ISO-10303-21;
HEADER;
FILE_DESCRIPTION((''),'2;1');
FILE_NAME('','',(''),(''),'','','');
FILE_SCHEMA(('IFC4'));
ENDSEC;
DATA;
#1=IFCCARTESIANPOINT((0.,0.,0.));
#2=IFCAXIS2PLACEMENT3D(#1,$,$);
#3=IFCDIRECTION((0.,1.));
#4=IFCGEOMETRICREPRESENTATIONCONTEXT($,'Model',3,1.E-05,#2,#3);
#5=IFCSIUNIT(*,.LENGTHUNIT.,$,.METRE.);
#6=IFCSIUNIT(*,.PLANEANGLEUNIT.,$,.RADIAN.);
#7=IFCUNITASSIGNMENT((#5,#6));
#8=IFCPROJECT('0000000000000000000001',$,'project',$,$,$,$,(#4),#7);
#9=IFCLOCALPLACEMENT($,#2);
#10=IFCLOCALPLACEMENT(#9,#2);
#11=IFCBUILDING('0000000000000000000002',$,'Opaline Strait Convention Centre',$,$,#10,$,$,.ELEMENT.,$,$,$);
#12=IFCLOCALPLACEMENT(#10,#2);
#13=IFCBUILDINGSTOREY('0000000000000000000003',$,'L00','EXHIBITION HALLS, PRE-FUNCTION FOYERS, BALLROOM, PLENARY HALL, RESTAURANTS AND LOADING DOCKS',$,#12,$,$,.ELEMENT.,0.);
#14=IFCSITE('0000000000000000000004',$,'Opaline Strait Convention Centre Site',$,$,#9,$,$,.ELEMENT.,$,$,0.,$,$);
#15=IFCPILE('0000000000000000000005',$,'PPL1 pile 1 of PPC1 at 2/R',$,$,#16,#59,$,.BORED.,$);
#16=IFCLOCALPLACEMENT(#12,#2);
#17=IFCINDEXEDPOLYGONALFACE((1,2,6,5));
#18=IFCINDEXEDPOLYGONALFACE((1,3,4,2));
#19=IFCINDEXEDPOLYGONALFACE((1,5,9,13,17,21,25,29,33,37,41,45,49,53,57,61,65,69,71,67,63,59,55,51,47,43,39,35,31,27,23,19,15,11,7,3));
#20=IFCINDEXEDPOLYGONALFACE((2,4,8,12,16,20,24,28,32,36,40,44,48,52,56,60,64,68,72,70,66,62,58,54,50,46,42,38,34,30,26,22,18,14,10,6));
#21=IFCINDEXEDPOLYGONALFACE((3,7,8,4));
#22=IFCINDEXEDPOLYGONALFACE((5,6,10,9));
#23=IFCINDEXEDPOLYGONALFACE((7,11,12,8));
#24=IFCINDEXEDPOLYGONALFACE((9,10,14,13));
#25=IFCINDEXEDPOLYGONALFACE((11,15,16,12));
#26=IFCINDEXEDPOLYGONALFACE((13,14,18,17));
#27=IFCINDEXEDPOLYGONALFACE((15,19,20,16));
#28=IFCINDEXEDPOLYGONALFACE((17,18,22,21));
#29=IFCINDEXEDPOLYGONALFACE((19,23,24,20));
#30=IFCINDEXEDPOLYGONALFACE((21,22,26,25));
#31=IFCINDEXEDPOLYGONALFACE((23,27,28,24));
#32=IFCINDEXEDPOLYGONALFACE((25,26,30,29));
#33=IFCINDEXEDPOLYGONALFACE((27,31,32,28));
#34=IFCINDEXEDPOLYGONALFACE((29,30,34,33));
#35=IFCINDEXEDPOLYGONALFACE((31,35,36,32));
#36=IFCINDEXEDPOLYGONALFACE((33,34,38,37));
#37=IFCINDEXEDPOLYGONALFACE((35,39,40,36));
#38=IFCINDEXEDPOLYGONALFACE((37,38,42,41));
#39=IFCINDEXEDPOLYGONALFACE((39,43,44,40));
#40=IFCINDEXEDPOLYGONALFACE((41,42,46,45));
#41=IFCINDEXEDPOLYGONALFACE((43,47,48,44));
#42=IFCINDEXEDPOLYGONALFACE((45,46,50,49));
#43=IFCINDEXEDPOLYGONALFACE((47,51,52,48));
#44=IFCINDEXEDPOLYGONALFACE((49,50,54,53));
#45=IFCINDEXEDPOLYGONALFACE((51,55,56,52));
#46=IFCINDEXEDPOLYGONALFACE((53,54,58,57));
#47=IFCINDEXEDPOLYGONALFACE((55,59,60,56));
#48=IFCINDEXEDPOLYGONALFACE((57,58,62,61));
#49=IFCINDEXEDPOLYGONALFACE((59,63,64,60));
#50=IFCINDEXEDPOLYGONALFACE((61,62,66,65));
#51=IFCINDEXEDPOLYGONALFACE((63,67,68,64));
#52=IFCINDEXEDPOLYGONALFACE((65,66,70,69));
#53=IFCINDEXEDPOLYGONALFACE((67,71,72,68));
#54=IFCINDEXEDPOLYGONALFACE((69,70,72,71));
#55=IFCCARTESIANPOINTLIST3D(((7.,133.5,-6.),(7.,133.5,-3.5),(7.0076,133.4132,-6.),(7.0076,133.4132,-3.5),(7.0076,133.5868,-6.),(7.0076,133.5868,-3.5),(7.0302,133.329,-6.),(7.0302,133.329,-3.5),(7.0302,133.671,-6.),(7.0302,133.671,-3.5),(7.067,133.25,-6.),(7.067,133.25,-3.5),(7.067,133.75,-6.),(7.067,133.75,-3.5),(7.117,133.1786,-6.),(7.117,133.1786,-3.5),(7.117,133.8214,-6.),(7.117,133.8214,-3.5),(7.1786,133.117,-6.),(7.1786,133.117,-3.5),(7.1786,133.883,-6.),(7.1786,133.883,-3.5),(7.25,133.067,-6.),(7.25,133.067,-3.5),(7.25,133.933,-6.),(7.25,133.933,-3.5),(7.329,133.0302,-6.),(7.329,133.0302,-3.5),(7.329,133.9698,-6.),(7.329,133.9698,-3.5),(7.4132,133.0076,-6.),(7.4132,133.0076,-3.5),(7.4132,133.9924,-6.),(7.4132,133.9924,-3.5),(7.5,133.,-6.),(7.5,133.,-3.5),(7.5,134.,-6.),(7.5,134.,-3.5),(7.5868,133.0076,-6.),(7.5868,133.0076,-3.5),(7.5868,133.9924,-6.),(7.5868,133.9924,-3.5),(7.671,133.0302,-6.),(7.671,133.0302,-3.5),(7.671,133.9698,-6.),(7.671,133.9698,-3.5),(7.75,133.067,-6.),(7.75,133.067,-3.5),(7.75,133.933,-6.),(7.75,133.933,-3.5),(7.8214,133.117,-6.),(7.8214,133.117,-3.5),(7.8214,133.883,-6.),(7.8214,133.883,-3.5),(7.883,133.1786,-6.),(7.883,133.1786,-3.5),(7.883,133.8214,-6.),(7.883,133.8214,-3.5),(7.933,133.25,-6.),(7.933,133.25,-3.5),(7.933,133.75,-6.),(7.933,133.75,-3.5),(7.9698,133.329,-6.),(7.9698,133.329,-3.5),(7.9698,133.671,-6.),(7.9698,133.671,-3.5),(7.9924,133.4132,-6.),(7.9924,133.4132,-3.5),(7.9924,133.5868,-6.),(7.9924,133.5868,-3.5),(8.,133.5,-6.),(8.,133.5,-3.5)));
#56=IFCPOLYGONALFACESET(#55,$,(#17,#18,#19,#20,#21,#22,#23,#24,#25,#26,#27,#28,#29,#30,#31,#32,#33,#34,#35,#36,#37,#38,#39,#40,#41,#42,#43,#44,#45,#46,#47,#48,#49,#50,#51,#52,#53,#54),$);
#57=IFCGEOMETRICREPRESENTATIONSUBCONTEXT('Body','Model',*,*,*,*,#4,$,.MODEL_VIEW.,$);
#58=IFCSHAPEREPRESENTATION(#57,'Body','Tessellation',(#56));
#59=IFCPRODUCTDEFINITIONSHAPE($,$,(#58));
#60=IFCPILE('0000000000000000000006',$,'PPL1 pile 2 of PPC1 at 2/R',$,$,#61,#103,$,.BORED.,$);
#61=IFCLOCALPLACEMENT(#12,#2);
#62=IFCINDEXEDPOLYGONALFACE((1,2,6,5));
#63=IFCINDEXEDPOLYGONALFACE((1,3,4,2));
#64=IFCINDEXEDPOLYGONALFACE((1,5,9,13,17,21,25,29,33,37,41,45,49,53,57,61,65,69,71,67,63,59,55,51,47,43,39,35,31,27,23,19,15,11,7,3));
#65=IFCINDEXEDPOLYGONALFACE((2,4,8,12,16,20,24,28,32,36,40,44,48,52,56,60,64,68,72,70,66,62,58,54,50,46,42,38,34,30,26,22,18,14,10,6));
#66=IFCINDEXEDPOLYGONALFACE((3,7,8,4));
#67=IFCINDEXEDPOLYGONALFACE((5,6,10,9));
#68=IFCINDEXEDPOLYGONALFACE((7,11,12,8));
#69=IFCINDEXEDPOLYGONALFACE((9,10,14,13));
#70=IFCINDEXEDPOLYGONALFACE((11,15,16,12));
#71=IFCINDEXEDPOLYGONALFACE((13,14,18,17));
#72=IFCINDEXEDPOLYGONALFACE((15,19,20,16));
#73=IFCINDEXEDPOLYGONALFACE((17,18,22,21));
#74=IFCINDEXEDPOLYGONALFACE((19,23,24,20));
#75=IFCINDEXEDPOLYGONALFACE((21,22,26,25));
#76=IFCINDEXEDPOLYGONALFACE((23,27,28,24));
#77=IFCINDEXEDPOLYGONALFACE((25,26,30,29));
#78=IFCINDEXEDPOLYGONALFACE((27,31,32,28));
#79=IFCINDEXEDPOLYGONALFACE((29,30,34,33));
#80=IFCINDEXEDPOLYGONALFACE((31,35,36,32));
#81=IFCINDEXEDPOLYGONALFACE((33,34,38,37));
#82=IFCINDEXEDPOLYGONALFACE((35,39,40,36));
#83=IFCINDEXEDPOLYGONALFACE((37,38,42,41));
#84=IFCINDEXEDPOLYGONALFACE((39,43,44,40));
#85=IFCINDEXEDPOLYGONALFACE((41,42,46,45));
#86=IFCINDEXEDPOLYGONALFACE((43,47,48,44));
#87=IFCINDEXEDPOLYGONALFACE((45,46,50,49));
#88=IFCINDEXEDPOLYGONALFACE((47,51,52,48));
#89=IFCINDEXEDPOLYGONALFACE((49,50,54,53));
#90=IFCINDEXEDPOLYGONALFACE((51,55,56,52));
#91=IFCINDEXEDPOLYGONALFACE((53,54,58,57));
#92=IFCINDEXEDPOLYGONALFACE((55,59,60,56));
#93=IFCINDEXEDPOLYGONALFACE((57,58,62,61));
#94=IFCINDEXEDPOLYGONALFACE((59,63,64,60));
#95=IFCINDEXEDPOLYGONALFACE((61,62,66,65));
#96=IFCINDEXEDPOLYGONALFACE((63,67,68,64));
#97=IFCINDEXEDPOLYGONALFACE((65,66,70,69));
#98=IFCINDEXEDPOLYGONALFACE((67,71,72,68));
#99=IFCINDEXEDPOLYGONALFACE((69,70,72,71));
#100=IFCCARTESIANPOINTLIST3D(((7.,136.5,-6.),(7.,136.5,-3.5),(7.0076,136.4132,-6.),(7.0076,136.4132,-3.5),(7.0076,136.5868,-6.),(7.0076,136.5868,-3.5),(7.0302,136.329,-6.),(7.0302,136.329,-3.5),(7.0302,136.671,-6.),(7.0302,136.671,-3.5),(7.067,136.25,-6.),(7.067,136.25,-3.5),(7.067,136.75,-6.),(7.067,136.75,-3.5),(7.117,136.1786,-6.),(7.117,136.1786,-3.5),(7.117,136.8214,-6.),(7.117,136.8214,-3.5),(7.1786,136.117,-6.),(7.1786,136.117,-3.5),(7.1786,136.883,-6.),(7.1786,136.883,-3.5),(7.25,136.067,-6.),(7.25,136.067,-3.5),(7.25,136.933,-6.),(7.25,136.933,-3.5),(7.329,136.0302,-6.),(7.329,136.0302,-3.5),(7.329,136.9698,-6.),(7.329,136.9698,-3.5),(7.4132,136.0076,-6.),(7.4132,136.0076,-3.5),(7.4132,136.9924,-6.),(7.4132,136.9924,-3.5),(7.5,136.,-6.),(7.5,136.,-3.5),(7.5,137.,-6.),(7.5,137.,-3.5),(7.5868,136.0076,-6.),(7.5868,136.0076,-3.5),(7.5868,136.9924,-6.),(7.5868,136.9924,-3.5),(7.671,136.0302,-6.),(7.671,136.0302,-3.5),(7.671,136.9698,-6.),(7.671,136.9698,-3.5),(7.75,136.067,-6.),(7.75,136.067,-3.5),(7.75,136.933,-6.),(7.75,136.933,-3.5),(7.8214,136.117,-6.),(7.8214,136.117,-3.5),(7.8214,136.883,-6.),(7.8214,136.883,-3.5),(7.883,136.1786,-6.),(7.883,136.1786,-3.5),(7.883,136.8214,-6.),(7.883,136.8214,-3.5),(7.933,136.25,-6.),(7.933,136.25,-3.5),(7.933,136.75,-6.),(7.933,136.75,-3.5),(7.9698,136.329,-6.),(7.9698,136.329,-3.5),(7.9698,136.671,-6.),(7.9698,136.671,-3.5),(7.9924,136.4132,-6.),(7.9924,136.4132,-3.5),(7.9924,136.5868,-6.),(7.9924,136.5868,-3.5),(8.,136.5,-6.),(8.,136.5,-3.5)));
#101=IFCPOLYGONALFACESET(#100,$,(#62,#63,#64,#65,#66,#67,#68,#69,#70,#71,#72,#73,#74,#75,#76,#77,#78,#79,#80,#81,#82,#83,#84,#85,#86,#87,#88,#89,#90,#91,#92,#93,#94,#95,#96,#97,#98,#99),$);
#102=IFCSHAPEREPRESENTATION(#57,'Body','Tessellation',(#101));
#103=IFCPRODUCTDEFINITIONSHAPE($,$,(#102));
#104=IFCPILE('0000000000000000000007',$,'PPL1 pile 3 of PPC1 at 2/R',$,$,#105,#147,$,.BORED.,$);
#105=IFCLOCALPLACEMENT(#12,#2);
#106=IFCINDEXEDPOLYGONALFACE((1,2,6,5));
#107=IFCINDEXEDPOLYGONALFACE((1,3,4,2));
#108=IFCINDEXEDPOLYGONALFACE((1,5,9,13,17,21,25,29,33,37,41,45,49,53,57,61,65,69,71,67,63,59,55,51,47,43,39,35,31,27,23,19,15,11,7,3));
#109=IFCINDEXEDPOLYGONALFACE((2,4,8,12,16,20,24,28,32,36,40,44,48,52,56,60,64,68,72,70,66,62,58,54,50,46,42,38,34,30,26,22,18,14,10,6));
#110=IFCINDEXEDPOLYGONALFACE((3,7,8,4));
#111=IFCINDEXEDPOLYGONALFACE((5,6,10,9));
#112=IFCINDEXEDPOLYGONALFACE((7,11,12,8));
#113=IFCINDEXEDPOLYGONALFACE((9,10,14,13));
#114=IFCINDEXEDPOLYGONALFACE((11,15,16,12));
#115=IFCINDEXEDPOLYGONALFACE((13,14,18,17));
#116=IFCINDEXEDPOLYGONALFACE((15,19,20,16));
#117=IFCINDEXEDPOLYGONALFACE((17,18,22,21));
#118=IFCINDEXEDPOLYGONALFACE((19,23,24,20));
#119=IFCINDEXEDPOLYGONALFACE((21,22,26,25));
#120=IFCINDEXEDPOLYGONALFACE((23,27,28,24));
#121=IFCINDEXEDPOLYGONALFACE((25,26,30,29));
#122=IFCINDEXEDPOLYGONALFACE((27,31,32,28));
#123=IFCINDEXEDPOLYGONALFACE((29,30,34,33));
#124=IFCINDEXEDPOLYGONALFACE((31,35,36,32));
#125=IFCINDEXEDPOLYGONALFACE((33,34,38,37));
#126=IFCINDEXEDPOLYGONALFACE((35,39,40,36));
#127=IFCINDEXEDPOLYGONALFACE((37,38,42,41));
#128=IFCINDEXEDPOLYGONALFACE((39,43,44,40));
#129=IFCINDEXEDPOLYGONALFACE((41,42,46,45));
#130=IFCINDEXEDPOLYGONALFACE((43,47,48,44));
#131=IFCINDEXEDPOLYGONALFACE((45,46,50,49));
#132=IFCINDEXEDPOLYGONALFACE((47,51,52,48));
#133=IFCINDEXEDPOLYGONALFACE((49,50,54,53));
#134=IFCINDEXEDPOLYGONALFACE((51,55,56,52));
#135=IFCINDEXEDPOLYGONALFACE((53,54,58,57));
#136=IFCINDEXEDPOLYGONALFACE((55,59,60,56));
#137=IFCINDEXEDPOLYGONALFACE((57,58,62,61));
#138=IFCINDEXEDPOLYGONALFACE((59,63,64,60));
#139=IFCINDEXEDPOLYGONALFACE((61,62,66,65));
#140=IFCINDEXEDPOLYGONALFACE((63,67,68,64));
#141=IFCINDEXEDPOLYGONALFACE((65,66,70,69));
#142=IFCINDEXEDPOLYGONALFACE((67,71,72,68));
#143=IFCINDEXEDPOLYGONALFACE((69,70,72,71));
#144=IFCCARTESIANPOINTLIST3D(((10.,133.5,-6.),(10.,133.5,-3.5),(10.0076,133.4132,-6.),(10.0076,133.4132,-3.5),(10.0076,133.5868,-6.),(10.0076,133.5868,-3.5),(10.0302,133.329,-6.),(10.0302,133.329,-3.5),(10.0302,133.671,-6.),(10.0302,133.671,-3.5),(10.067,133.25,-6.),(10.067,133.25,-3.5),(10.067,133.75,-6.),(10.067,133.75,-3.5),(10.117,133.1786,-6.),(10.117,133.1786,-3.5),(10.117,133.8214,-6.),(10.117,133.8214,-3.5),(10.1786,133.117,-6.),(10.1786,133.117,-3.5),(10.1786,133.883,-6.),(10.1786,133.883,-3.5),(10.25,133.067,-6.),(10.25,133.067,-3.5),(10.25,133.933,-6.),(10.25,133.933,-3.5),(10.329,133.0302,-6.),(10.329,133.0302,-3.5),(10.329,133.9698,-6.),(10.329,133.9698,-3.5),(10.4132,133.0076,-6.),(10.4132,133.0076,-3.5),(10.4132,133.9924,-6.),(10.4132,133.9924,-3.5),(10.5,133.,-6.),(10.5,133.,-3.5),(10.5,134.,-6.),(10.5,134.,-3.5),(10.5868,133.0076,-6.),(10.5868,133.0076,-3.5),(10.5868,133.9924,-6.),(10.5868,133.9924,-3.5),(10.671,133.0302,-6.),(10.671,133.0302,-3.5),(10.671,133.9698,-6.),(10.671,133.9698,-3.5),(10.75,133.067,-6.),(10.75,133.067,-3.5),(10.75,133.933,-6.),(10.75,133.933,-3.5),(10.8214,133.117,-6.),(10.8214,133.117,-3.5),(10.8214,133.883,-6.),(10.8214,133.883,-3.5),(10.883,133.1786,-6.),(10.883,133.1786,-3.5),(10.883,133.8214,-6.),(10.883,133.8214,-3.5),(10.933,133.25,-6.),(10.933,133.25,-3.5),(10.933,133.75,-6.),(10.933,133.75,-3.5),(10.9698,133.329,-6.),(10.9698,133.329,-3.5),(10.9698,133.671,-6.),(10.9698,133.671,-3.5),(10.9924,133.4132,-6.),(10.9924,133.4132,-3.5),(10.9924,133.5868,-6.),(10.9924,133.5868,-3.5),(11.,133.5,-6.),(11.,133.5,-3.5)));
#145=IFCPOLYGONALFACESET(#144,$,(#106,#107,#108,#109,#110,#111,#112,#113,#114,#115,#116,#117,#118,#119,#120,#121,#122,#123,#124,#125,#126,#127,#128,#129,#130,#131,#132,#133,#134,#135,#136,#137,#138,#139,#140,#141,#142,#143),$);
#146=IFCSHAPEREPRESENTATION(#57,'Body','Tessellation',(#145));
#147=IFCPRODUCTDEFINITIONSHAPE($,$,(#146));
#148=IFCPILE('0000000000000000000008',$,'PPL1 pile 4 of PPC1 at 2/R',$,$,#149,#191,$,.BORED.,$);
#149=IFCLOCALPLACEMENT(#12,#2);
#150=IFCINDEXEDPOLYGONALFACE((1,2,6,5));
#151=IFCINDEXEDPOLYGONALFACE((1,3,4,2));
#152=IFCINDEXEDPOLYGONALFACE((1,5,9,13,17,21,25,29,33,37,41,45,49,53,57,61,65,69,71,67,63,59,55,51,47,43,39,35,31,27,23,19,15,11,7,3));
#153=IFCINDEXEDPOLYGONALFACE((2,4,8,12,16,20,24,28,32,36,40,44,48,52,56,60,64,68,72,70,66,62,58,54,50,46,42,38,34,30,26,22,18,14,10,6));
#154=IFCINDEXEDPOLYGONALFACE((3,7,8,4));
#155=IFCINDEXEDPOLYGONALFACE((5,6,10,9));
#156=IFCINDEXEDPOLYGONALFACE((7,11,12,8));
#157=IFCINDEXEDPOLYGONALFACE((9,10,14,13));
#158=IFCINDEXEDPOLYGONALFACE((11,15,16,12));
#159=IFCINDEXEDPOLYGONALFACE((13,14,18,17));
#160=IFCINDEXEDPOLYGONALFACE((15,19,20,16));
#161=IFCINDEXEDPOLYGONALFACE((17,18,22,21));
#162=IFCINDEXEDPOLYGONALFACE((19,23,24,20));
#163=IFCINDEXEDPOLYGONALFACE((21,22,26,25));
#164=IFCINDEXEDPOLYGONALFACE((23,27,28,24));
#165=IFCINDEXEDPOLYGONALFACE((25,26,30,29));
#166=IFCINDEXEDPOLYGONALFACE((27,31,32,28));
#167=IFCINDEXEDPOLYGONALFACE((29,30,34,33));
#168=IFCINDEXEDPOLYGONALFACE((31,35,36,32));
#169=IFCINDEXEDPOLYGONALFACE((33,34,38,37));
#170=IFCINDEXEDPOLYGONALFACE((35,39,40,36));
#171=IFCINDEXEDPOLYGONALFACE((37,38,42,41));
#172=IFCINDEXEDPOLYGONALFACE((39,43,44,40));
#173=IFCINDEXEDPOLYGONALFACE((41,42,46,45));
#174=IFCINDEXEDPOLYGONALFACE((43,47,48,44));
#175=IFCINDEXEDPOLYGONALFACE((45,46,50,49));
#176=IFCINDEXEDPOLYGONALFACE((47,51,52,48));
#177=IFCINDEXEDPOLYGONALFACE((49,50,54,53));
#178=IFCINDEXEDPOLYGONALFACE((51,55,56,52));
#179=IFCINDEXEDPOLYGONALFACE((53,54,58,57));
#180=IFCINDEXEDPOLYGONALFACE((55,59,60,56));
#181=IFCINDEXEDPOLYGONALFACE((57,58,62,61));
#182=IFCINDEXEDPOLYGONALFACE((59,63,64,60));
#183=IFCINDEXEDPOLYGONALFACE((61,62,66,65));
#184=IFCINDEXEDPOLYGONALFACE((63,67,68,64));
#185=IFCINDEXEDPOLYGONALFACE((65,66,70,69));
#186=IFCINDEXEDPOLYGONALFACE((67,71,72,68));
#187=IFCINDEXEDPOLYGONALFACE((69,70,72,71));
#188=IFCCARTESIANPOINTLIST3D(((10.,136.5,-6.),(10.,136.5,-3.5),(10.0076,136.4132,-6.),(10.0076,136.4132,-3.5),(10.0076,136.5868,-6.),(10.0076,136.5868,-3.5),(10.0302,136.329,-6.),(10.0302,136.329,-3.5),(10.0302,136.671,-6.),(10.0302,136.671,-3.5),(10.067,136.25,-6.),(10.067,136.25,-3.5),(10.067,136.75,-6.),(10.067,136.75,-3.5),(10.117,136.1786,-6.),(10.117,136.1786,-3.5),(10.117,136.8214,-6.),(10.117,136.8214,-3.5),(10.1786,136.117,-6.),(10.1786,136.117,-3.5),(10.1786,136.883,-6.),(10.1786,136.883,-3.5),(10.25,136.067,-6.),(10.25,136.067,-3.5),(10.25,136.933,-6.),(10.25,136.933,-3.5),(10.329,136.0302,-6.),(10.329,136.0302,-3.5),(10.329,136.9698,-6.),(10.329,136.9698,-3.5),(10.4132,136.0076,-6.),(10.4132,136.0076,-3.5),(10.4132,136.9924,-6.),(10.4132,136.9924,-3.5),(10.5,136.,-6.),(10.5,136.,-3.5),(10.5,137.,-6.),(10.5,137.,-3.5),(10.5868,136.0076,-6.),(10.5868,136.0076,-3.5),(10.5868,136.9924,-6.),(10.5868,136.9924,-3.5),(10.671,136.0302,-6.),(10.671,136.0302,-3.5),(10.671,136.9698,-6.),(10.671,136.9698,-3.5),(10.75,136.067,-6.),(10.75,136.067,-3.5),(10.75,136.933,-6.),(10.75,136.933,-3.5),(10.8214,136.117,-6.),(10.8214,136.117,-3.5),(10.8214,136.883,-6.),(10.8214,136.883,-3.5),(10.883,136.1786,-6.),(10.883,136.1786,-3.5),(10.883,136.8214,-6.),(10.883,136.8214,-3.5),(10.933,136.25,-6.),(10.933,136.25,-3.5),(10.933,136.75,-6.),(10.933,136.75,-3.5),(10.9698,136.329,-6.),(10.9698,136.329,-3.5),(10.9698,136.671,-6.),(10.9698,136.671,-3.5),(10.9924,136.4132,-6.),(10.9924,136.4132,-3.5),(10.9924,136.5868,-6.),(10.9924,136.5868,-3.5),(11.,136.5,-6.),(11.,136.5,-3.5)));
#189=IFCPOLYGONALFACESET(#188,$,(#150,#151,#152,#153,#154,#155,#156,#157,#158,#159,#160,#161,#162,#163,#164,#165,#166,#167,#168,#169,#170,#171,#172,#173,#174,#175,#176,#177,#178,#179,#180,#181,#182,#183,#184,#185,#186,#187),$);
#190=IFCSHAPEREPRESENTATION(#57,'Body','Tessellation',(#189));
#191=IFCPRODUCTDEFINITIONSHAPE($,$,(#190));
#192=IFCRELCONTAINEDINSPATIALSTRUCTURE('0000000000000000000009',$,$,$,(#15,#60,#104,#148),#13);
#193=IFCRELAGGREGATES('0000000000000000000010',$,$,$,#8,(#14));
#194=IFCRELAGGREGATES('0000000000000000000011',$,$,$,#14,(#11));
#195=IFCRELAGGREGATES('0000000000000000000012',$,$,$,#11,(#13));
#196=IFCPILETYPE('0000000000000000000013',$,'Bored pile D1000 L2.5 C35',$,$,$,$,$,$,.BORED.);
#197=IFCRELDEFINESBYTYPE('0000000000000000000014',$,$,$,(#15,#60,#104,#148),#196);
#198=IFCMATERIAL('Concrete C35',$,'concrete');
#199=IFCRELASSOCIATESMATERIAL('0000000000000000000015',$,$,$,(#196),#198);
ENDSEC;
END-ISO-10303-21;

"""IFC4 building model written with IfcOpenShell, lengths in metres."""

from ifc_helpers import new_model, si_unit, direction, frame, origin, origin_2d, place, context, subcontext, project, spatial, circle, extrude, material, material_profile, profile_set, type_object, element, save


model = new_model("IFC4")

# Units and contexts
model_context = context("Model", 3, precision=1e-05, world=origin(), true_north=direction((0.0, 1.0)))
body_context = subcontext(model_context, "Body", "Model", "MODEL_VIEW")
ifc_project = project(units=[si_unit("LENGTHUNIT", "METRE"), si_unit("PLANEANGLEUNIT", "RADIAN")], contexts=[model_context])

# Site, building, storey
site_placement = place(None, origin())
site = spatial("IfcSite", under=ifc_project, at=site_placement, Name="Opaline Strait Convention Centre Site", CompositionType="ELEMENT", RefElevation=0.0)
building_placement = place(site_placement, origin())
building = spatial("IfcBuilding", under=site, at=building_placement, Name="Opaline Strait Convention Centre", CompositionType="ELEMENT")
storey_placement = place(building_placement, origin())
storey = spatial("IfcBuildingStorey", under=building, at=storey_placement, Name="L00", Description="EXHIBITION HALLS, PRE-FUNCTION FOYERS, BALLROOM, PLENARY HALL, RESTAURANTS AND LOADING DOCKS", CompositionType="ELEMENT", Elevation=0.0)

# Piles
ifc_material_1 = material(Name="Concrete C35", Category="concrete")
ifc_material_profile_1 = material_profile(ifc_material_1, circle(Radius=0.5, at=origin_2d()), Name="D1000")
ifc_profile_set_1 = profile_set([ifc_material_profile_1], Name="Concrete C35")
pile_type_1 = type_object("IfcPileType", Name="Bored pile D1000 L2.5 C35", PredefinedType="BORED", material=ifc_profile_set_1)
for number, where, z_axis, x_axis, name in (
    (1, (7.5, 133.5, -3.5), (0.0, 0.0, -1.0), (1.0, 0.0, 0.0), "PPL1 pile 1 of PPC1 at 2/R"),
    (2, (7.5, 136.5, -3.5), (0.0, 0.0, -1.0), (1.0, 0.0, 0.0), "PPL1 pile 2 of PPC1 at 2/R"),
    (3, (10.5, 133.5, -3.5), (0.0, 0.0, -1.0), (1.0, 0.0, 0.0), "PPL1 pile 3 of PPC1 at 2/R"),
    (4, (10.5, 136.5, -3.5), (0.0, 0.0, -1.0), (1.0, 0.0, 0.0), "PPL1 pile 4 of PPC1 at 2/R"),
):
    element("IfcPile", number, at=place(storey_placement, frame(where, z_axis=z_axis, x_axis=x_axis)), inside=storey, type_object=pile_type_1, Name=name, PredefinedType="BORED", context=body_context, shape_type="SweptSolid", body=[
        extrude(circle(Radius=0.5, at=origin_2d()), origin(), (0.0, 0.0, 1.0), 2.5),
    ])

save(model, "model.ifc")
